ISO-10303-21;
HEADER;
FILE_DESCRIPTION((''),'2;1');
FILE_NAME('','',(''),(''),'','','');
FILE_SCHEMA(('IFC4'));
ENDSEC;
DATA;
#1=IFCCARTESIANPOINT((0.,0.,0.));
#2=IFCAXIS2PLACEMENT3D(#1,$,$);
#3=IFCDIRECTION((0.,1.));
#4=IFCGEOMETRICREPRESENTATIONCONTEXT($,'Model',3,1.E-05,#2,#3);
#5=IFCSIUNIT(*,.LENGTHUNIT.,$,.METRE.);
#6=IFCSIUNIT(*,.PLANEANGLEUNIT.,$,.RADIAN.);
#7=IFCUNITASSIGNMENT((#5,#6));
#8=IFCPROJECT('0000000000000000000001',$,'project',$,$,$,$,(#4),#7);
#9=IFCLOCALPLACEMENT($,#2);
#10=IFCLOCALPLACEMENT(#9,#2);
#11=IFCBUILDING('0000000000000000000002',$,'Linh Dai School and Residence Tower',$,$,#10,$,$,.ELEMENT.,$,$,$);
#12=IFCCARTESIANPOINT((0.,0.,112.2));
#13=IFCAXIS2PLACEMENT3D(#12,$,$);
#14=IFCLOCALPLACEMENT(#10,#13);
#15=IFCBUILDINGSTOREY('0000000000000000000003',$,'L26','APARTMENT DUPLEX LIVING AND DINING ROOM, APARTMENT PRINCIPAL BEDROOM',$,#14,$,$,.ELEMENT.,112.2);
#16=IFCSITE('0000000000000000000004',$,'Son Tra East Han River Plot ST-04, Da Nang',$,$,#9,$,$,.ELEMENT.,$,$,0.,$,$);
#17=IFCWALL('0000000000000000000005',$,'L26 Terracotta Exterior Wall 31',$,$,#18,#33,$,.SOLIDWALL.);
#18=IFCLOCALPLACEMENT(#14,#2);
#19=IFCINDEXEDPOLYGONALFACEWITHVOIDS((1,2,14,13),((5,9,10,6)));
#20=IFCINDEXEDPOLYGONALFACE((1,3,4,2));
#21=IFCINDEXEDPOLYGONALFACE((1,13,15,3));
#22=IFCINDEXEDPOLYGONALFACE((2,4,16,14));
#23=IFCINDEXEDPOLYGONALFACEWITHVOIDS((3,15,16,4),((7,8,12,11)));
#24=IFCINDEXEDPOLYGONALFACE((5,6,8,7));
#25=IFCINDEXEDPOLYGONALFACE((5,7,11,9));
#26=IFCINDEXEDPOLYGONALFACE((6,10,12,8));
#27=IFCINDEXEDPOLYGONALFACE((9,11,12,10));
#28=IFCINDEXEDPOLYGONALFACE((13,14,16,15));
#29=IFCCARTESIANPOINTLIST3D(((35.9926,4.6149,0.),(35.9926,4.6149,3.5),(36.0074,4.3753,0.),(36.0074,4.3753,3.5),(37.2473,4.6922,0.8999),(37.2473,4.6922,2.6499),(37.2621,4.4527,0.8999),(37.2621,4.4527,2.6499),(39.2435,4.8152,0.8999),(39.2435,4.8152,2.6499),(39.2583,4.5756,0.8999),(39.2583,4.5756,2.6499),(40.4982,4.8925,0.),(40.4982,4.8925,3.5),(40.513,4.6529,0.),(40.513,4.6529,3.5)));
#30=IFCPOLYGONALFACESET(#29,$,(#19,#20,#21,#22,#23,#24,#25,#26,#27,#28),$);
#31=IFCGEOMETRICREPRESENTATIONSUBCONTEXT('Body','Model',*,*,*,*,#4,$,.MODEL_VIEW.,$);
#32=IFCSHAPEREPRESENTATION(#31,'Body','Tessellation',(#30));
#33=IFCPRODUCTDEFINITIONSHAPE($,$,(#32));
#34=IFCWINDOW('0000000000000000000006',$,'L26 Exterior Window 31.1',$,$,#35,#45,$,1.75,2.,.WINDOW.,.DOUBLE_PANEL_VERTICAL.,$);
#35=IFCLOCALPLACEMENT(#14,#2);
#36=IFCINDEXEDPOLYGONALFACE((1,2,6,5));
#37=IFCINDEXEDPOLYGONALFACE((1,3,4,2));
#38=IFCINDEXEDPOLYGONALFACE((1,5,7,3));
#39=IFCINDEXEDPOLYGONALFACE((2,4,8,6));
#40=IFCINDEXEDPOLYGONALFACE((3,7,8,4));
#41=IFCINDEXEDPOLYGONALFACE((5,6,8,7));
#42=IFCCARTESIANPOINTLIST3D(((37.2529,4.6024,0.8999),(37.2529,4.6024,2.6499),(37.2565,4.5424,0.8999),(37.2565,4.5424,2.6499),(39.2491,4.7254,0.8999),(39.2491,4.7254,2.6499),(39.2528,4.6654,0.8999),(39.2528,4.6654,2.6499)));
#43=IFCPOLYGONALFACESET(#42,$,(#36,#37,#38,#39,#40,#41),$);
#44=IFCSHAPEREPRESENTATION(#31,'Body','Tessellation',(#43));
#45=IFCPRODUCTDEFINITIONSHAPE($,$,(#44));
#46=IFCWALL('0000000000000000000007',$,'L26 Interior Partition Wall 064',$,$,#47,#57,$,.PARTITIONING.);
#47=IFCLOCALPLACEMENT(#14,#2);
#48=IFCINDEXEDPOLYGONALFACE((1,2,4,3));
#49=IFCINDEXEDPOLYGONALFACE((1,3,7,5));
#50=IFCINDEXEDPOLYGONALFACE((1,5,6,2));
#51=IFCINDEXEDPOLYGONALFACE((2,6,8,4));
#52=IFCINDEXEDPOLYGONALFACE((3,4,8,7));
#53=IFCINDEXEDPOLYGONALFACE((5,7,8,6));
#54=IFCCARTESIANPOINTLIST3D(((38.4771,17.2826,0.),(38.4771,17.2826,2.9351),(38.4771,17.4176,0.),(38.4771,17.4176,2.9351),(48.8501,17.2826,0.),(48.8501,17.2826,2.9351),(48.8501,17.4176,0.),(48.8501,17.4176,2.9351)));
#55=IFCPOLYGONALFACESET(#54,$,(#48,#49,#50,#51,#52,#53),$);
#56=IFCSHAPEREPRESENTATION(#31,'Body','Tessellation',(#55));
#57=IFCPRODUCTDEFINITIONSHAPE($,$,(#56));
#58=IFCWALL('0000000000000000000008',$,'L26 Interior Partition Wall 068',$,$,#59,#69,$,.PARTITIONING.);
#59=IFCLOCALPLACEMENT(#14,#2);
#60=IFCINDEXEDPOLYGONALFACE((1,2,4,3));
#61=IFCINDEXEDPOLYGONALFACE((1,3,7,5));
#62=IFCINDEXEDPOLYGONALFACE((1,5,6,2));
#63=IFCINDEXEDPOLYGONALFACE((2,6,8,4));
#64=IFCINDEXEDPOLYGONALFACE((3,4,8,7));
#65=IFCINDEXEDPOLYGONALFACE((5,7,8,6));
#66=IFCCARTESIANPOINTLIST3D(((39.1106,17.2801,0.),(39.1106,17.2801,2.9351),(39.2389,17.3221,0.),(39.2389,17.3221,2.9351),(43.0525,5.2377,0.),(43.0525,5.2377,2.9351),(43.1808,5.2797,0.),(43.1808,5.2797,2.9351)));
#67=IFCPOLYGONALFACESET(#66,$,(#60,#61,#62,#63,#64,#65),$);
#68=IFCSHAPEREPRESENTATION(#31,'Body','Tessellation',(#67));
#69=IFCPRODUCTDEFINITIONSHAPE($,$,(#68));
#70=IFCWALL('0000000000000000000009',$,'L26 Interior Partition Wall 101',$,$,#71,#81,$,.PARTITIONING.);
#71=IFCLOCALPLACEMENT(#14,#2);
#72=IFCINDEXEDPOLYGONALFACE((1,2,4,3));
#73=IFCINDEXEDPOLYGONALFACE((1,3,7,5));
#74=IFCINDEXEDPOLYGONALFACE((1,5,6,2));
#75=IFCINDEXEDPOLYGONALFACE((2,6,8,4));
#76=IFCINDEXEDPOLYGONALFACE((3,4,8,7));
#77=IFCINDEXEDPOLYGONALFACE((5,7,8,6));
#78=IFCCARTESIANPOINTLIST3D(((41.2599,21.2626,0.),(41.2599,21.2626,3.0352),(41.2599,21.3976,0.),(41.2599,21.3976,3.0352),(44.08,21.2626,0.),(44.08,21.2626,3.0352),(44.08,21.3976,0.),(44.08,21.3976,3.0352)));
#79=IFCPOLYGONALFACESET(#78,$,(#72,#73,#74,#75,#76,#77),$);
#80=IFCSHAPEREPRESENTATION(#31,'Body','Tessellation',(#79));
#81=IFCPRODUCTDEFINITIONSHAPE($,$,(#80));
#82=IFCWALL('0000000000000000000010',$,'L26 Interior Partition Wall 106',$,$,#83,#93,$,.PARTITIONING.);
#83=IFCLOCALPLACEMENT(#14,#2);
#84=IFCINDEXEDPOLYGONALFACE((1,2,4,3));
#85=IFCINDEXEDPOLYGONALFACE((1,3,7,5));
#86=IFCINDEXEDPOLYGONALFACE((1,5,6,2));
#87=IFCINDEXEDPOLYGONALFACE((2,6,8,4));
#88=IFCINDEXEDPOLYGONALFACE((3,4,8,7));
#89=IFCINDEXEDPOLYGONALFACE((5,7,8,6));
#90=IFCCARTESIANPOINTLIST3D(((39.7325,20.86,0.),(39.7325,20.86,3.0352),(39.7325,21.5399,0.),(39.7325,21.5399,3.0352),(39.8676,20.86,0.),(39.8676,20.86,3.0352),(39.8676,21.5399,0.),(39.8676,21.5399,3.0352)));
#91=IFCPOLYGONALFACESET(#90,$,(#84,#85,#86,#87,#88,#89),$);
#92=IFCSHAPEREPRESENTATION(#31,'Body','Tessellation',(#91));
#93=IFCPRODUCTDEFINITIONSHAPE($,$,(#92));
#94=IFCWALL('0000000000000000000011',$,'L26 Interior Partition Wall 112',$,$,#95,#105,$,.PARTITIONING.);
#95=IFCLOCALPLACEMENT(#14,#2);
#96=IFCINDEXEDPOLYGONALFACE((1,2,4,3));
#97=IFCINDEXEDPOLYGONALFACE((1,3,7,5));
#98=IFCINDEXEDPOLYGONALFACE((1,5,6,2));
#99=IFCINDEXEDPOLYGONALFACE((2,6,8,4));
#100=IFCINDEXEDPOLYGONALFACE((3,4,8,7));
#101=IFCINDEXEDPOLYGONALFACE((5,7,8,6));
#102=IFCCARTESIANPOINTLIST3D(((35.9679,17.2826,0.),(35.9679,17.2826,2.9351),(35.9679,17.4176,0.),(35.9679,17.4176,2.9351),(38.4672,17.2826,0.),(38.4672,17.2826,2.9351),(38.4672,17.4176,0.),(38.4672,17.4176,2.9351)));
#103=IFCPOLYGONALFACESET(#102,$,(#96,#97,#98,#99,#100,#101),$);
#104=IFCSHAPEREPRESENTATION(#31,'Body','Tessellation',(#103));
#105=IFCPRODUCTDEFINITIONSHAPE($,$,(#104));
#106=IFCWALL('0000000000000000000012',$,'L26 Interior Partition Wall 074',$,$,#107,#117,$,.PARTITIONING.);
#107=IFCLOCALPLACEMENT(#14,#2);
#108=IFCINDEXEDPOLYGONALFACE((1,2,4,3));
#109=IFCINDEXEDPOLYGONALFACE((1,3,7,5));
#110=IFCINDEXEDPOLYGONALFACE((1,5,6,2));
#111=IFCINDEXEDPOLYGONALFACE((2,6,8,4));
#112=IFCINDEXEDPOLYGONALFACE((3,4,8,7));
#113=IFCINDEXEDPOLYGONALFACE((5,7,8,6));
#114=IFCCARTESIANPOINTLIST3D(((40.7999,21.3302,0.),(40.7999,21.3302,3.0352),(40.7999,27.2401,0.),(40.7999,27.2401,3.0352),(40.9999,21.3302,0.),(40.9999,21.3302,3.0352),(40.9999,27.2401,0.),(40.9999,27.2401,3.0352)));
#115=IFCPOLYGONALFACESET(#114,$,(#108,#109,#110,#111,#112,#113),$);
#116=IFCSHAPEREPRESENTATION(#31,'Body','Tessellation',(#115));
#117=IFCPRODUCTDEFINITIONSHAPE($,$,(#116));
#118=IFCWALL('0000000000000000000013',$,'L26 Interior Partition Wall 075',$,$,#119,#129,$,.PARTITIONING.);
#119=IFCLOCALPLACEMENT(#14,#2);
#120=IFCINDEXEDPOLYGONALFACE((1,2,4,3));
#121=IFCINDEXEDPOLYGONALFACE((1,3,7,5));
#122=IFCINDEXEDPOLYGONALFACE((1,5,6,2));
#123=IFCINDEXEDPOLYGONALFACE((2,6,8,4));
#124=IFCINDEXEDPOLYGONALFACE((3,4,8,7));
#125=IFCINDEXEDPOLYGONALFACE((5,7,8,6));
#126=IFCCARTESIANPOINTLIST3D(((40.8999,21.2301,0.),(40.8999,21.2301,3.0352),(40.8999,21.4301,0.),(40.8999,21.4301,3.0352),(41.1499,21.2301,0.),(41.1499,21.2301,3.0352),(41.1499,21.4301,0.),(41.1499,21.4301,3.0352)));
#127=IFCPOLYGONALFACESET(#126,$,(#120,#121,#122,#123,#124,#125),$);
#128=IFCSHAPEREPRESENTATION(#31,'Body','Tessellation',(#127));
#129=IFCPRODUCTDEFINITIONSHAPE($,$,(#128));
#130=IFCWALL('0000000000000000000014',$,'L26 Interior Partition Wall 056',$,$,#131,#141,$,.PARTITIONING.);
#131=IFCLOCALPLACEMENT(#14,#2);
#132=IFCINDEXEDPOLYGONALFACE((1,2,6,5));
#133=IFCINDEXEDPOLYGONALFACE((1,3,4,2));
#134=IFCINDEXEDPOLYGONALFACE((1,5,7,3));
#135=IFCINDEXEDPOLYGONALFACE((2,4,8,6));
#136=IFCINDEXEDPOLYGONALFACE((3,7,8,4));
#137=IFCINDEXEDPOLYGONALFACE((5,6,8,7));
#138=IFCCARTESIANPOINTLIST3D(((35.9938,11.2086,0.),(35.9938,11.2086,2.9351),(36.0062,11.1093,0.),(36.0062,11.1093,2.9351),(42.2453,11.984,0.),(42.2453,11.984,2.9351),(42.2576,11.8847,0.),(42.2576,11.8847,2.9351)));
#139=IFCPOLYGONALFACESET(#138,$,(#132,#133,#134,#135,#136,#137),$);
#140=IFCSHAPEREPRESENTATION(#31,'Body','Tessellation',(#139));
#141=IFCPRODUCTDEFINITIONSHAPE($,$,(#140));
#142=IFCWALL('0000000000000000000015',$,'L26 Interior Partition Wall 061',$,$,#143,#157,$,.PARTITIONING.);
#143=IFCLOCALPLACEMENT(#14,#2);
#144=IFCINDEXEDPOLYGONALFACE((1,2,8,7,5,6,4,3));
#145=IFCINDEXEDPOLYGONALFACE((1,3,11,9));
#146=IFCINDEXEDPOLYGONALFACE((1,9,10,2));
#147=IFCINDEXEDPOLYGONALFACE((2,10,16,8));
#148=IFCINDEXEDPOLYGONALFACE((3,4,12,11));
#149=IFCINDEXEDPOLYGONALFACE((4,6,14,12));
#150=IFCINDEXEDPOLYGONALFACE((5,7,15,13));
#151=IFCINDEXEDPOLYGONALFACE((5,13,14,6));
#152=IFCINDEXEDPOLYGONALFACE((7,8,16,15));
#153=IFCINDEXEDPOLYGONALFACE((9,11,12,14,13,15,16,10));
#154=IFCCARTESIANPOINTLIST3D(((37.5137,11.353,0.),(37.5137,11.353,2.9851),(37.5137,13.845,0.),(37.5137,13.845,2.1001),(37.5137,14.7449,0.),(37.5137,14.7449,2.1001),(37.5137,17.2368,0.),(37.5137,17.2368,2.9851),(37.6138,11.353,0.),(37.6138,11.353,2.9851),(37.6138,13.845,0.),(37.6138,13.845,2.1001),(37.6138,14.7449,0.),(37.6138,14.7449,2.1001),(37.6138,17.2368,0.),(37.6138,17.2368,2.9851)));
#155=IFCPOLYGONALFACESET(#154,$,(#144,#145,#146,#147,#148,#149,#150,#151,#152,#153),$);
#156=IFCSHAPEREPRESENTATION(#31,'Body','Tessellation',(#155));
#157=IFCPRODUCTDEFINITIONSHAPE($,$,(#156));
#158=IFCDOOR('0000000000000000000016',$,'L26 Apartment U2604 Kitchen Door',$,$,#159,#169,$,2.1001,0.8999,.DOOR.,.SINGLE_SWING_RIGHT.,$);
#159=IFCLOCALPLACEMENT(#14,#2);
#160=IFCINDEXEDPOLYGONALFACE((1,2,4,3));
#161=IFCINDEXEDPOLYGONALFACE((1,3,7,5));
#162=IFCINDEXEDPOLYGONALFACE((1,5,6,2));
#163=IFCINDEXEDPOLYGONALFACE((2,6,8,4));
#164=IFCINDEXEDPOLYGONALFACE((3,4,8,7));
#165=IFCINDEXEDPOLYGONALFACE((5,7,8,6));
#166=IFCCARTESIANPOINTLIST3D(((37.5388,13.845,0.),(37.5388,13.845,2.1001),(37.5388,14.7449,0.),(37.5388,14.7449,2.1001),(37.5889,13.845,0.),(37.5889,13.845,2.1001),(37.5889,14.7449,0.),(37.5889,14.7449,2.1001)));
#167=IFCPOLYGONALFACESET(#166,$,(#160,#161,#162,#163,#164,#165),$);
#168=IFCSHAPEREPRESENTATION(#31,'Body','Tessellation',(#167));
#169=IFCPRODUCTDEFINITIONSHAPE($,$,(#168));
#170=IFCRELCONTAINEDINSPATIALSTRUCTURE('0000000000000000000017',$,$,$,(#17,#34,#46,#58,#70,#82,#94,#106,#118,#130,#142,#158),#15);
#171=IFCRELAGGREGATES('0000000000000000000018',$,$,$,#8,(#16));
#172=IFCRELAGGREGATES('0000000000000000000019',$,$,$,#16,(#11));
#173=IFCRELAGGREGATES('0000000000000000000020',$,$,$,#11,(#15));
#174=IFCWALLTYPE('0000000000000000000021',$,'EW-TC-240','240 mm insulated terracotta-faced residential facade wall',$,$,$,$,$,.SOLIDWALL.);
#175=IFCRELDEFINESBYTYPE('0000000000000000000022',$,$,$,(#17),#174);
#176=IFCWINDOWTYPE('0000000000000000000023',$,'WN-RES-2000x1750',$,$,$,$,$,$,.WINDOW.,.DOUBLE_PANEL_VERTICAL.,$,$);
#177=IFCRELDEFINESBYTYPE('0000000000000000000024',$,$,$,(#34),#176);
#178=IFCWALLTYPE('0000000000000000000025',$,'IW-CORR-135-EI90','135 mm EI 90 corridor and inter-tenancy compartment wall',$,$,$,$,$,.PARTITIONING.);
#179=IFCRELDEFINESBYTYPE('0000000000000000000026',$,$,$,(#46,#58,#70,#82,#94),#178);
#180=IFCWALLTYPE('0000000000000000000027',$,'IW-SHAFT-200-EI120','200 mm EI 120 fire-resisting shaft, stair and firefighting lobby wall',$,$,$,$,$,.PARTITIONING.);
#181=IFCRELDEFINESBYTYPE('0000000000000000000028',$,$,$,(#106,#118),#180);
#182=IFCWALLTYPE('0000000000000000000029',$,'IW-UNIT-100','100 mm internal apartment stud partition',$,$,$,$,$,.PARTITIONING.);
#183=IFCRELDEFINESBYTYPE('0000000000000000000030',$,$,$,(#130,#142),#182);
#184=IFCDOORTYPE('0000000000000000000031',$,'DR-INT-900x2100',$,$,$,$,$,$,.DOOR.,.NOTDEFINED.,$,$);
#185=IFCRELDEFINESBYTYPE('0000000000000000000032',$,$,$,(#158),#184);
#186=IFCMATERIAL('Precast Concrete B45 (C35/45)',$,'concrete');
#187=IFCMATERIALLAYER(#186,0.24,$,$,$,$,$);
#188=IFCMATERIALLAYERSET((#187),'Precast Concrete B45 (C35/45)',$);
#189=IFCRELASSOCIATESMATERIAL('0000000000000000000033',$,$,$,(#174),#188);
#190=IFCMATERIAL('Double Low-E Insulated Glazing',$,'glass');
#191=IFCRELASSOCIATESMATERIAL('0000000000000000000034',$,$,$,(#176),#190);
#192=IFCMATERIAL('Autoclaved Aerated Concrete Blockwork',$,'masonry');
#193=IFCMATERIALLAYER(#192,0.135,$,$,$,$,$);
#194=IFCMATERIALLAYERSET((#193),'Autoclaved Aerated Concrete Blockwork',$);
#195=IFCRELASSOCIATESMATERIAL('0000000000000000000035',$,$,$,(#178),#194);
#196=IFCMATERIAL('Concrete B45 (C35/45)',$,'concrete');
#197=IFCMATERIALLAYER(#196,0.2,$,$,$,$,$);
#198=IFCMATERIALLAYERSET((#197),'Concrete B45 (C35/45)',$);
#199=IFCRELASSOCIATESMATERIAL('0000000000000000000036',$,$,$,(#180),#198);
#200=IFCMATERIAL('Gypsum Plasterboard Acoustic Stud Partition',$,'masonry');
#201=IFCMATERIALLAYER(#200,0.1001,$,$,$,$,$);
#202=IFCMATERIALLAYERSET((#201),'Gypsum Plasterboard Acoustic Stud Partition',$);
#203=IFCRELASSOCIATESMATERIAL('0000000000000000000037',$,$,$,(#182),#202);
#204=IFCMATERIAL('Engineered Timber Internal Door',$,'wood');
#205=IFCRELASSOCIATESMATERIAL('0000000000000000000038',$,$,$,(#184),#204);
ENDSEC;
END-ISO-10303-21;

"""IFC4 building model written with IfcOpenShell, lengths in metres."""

from ifc_helpers import new_model, si_unit, direction, frame, frame_2d, origin, origin_2d, place, context, subcontext, project, spatial, rectangle, extrude, source, transform, mapped, material, layer, layer_set, type_object, element, fill, save


model = new_model("IFC4")

# Units and contexts
model_context = context("Model", 3, precision=1e-05, world=origin(), true_north=direction((0.0, 1.0)))
body_context = subcontext(model_context, "Body", "Model", "MODEL_VIEW")
ifc_project = project(units=[si_unit("LENGTHUNIT", "METRE"), si_unit("PLANEANGLEUNIT", "RADIAN")], contexts=[model_context])

# Site, building, storey
site_placement = place(None, origin())
site = spatial("IfcSite", under=ifc_project, at=site_placement, Name="Son Tra East Han River Plot ST-04, Da Nang", CompositionType="ELEMENT", RefElevation=0.0)
building_placement = place(site_placement, origin())
building = spatial("IfcBuilding", under=site, at=building_placement, Name="Linh Dai School and Residence Tower", CompositionType="ELEMENT")
storey_placement = place(building_placement, frame((0.0, 0.0, 112.2)))
storey = spatial("IfcBuildingStorey", under=building, at=storey_placement, Name="L26", Description="APARTMENT DUPLEX LIVING AND DINING ROOM, APARTMENT PRINCIPAL BEDROOM", CompositionType="ELEMENT", Elevation=112.2)

# Wall, opening, window
ifc_material_1 = material(Name="Precast Concrete B45 (C35/45)", Category="concrete")
ifc_layer_1 = layer(ifc_material_1, 0.24)
ifc_layer_set_1 = layer_set([ifc_layer_1], Name="Precast Concrete B45 (C35/45)")
wall_type_1 = type_object("IfcWallType", Name="EW-TC-240", Description="240 mm insulated terracotta-faced residential facade wall", PredefinedType="SOLIDWALL", material=ifc_layer_set_1)
ifc_material_2 = material(Name="Double Low-E Insulated Glazing", Category="glass")
window_type = type_object("IfcWindowType", Name="WN-RES-2000x1750", PartitioningType="DOUBLE_PANEL_VERTICAL", PredefinedType="WINDOW", material=ifc_material_2)
shared_shape_1 = source(origin(), body_context, "Body", "SweptSolid", [
    extrude(rectangle(XDim=2.0, YDim=1.75, at=origin_2d()), frame((1.0, 0.03, 0.875), z_axis=(0.0, -1.0, 0.0), x_axis=(1.0, 0.0, 0.0)), (0.0, 0.0, 1.0), 0.0601),
])
wall_1_placement = place(storey_placement, frame((40.5056, 4.7727, 0.0), z_axis=(0.0, 0.0, 1.0), x_axis=(-0.998108, -0.061493, 0.0)))
wall_1 = element("IfcWall", 1, at=wall_1_placement, inside=storey, type_object=wall_type_1, Name="L26 Terracotta Exterior Wall 31", PredefinedType="SOLIDWALL", context=body_context, shape_type="SweptSolid", body=[
    extrude(rectangle(XDim=4.5142, YDim=0.24, at=frame_2d((2.2571, 0.0))), origin(), (0.0, 0.0, 1.0), 3.5),
])
opening_1_placement = place(wall_1_placement, frame((1.2571, 0.0, 0.8999)))
opening_1 = element("IfcOpeningElement", 2, at=opening_1_placement, cuts=wall_1, PredefinedType="OPENING", context=body_context, shape_type="SweptSolid", body=[
    extrude(rectangle(XDim=2.0, YDim=1.75, at=origin_2d()), frame((1.0, 0.1299, 0.875), z_axis=(0.0, -1.0, 0.0), x_axis=(1.0, 0.0, 0.0)), (0.0, 0.0, 1.0), 0.26),
])
window_1_placement = place(opening_1_placement, origin())
window_1 = element("IfcWindow", 3, at=window_1_placement, inside=storey, type_object=window_type, Name="L26 Exterior Window 31.1", OverallHeight=1.75, OverallWidth=2.0, PartitioningType="DOUBLE_PANEL_VERTICAL", PredefinedType="WINDOW", context=body_context, shape_type="MappedRepresentation", body=[
    mapped(shared_shape_1, transform((0.0, 0.0, 0.0), x_axis=(1.0, 0.0, 0.0), y_axis=(0.0, 1.0, 0.0), z_axis=(0.0, 0.0, 1.0), scale=1.0)),
])
fill(opening_1, window_1)

# Walls
ifc_material_3 = material(Name="Autoclaved Aerated Concrete Blockwork", Category="masonry")
ifc_layer_2 = layer(ifc_material_3, 0.135)
ifc_layer_set_2 = layer_set([ifc_layer_2], Name="Autoclaved Aerated Concrete Blockwork")
wall_type_2 = type_object("IfcWallType", Name="IW-CORR-135-EI90", Description="135 mm EI 90 corridor and inter-tenancy compartment wall", PredefinedType="PARTITIONING", material=ifc_layer_set_2)
wall_2_placement = place(storey_placement, frame((38.4771, 17.3501, 0.0), z_axis=(0.0, 0.0, 1.0), x_axis=(1.0, 0.0, 0.0)))
element("IfcWall", 4, at=wall_2_placement, inside=storey, type_object=wall_type_2, Name="L26 Interior Partition Wall 064", PredefinedType="PARTITIONING", context=body_context, shape_type="SweptSolid", body=[
    extrude(rectangle(XDim=10.373, YDim=0.135, at=frame_2d((5.1865, 0.0))), origin(), (0.0, 0.0, 1.0), 2.9351),
])
wall_3_placement = place(storey_placement, frame((39.1748, 17.301, 0.0), z_axis=(0.0, 0.0, 1.0), x_axis=(0.31109, -0.95038, 0.0)))
element("IfcWall", 5, at=wall_3_placement, inside=storey, type_object=wall_type_2, Name="L26 Interior Partition Wall 068", PredefinedType="PARTITIONING", context=body_context, shape_type="SweptSolid", body=[
    extrude(rectangle(XDim=12.6711, YDim=0.135, at=frame_2d((6.3354, 0.0))), origin(), (0.0, 0.0, 1.0), 2.9351),
])
wall_4_placement = place(storey_placement, frame((44.0801, 21.3301, 0.0), z_axis=(0.0, 0.0, 1.0), x_axis=(-1.0, 0.0, 0.0)))
element("IfcWall", 6, at=wall_4_placement, inside=storey, type_object=wall_type_2, Name="L26 Interior Partition Wall 101", PredefinedType="PARTITIONING", context=body_context, shape_type="SweptSolid", body=[
    extrude(rectangle(XDim=2.8201, YDim=0.135, at=frame_2d((1.4102, 0.0))), origin(), (0.0, 0.0, 1.0), 3.0352),
])
wall_5_placement = place(storey_placement, frame((39.8, 20.8601, 0.0), z_axis=(0.0, 0.0, 1.0), x_axis=(0.0, 1.0, 0.0)))
element("IfcWall", 7, at=wall_5_placement, inside=storey, type_object=wall_type_2, Name="L26 Interior Partition Wall 106", PredefinedType="PARTITIONING", context=body_context, shape_type="SweptSolid", body=[
    extrude(rectangle(XDim=0.6799, YDim=0.135, at=frame_2d((0.3398, 0.0))), origin(), (0.0, 0.0, 1.0), 3.0352),
])
wall_6_placement = place(storey_placement, frame((38.467, 17.3501, 0.0), z_axis=(0.0, 0.0, 1.0), x_axis=(-1.0, 0.0, 0.0)))
element("IfcWall", 8, at=wall_6_placement, inside=storey, type_object=wall_type_2, Name="L26 Interior Partition Wall 112", PredefinedType="PARTITIONING", context=body_context, shape_type="SweptSolid", body=[
    extrude(rectangle(XDim=2.4993, YDim=0.135, at=frame_2d((1.2495, 0.0))), origin(), (0.0, 0.0, 1.0), 2.9351),
])
ifc_material_4 = material(Name="Concrete B45 (C35/45)", Category="concrete")
ifc_layer_3 = layer(ifc_material_4, 0.2)
ifc_layer_set_3 = layer_set([ifc_layer_3], Name="Concrete B45 (C35/45)")
wall_type_3 = type_object("IfcWallType", Name="IW-SHAFT-200-EI120", Description="200 mm EI 120 fire-resisting shaft, stair and firefighting lobby wall", PredefinedType="PARTITIONING", material=ifc_layer_set_3)
wall_7_placement = place(storey_placement, frame((40.8999, 21.3301, 0.0), z_axis=(0.0, 0.0, 1.0), x_axis=(0.0, 1.0, 0.0)))
element("IfcWall", 9, at=wall_7_placement, inside=storey, type_object=wall_type_3, Name="L26 Interior Partition Wall 074", PredefinedType="PARTITIONING", context=body_context, shape_type="SweptSolid", body=[
    extrude(rectangle(XDim=5.9099, YDim=0.2, at=frame_2d((2.9551, 0.0))), origin(), (0.0, 0.0, 1.0), 3.0352),
])
wall_8_placement = place(storey_placement, frame((40.8999, 21.3301, 0.0), z_axis=(0.0, 0.0, 1.0), x_axis=(1.0, 0.0, 0.0)))
element("IfcWall", 10, at=wall_8_placement, inside=storey, type_object=wall_type_3, Name="L26 Interior Partition Wall 075", PredefinedType="PARTITIONING", context=body_context, shape_type="SweptSolid", body=[
    extrude(rectangle(XDim=0.25, YDim=0.2, at=frame_2d((0.125, 0.0))), origin(), (0.0, 0.0, 1.0), 3.0352),
])
ifc_material_5 = material(Name="Gypsum Plasterboard Acoustic Stud Partition", Category="masonry")
ifc_layer_4 = layer(ifc_material_5, 0.1001)
ifc_layer_set_4 = layer_set([ifc_layer_4], Name="Gypsum Plasterboard Acoustic Stud Partition")
wall_type_4 = type_object("IfcWallType", Name="IW-UNIT-100", Description="100 mm internal apartment stud partition", PredefinedType="PARTITIONING", material=ifc_layer_set_4)
wall_9_placement = place(storey_placement, frame((36.0, 11.1589, 0.0), z_axis=(0.0, 0.0, 1.0), x_axis=(0.992395, 0.12309, 0.0)))
element("IfcWall", 11, at=wall_9_placement, inside=storey, type_object=wall_type_4, Name="L26 Interior Partition Wall 056", PredefinedType="PARTITIONING", context=body_context, shape_type="SweptSolid", body=[
    extrude(rectangle(XDim=6.2993, YDim=0.1001, at=frame_2d((3.1497, 0.0))), origin(), (0.0, 0.0, 1.0), 2.9351),
])

# Wall, opening, door
wall_10_placement = place(storey_placement, frame((37.5637, 11.353, 0.0), z_axis=(0.0, 0.0, 1.0), x_axis=(0.0, 1.0, 0.0)))
wall_10 = element("IfcWall", 12, at=wall_10_placement, inside=storey, type_object=wall_type_4, Name="L26 Interior Partition Wall 061", PredefinedType="PARTITIONING", context=body_context, shape_type="SweptSolid", body=[
    extrude(rectangle(XDim=5.8838, YDim=0.1001, at=frame_2d((2.9419, 0.0))), origin(), (0.0, 0.0, 1.0), 2.9851),
])
opening_2_placement = place(wall_10_placement, frame((2.4919, 0.0, 0.0)))
opening_2 = element("IfcOpeningElement", 13, at=opening_2_placement, cuts=wall_10, PredefinedType="OPENING", context=body_context, shape_type="SweptSolid", body=[
    extrude(rectangle(XDim=0.8999, YDim=2.1001, at=origin_2d()), frame((0.45, 0.0601, 1.05), z_axis=(0.0, -1.0, 0.0), x_axis=(1.0, 0.0, 0.0)), (0.0, 0.0, 1.0), 0.1201),
])
ifc_material_6 = material(Name="Engineered Timber Internal Door", Category="wood")
door_type_1 = type_object("IfcDoorType", Name="DR-INT-900x2100", OperationType="NOTDEFINED", PredefinedType="DOOR", material=ifc_material_6)
shared_shape_2 = source(origin(), body_context, "Body", "SweptSolid", [
    extrude(rectangle(XDim=0.8999, YDim=2.1001, at=origin_2d()), frame((0.45, 0.0249, 1.05), z_axis=(0.0, -1.0, 0.0), x_axis=(1.0, 0.0, 0.0)), (0.0, 0.0, 1.0), 0.05),
])
door_1_placement = place(opening_2_placement, origin())
door_1 = element("IfcDoor", 14, at=door_1_placement, inside=storey, type_object=door_type_1, Name="L26 Apartment U2604 Kitchen Door", OperationType="SINGLE_SWING_RIGHT", OverallHeight=2.1001, OverallWidth=0.8999, PredefinedType="DOOR", context=body_context, shape_type="MappedRepresentation", body=[
    mapped(shared_shape_2, transform((0.0, 0.0, 0.0), x_axis=(1.0, 0.0, 0.0), y_axis=(0.0, 1.0, 0.0), z_axis=(0.0, 0.0, 1.0), scale=1.0)),
])
fill(opening_2, door_1)

save(model, "model.ifc")
